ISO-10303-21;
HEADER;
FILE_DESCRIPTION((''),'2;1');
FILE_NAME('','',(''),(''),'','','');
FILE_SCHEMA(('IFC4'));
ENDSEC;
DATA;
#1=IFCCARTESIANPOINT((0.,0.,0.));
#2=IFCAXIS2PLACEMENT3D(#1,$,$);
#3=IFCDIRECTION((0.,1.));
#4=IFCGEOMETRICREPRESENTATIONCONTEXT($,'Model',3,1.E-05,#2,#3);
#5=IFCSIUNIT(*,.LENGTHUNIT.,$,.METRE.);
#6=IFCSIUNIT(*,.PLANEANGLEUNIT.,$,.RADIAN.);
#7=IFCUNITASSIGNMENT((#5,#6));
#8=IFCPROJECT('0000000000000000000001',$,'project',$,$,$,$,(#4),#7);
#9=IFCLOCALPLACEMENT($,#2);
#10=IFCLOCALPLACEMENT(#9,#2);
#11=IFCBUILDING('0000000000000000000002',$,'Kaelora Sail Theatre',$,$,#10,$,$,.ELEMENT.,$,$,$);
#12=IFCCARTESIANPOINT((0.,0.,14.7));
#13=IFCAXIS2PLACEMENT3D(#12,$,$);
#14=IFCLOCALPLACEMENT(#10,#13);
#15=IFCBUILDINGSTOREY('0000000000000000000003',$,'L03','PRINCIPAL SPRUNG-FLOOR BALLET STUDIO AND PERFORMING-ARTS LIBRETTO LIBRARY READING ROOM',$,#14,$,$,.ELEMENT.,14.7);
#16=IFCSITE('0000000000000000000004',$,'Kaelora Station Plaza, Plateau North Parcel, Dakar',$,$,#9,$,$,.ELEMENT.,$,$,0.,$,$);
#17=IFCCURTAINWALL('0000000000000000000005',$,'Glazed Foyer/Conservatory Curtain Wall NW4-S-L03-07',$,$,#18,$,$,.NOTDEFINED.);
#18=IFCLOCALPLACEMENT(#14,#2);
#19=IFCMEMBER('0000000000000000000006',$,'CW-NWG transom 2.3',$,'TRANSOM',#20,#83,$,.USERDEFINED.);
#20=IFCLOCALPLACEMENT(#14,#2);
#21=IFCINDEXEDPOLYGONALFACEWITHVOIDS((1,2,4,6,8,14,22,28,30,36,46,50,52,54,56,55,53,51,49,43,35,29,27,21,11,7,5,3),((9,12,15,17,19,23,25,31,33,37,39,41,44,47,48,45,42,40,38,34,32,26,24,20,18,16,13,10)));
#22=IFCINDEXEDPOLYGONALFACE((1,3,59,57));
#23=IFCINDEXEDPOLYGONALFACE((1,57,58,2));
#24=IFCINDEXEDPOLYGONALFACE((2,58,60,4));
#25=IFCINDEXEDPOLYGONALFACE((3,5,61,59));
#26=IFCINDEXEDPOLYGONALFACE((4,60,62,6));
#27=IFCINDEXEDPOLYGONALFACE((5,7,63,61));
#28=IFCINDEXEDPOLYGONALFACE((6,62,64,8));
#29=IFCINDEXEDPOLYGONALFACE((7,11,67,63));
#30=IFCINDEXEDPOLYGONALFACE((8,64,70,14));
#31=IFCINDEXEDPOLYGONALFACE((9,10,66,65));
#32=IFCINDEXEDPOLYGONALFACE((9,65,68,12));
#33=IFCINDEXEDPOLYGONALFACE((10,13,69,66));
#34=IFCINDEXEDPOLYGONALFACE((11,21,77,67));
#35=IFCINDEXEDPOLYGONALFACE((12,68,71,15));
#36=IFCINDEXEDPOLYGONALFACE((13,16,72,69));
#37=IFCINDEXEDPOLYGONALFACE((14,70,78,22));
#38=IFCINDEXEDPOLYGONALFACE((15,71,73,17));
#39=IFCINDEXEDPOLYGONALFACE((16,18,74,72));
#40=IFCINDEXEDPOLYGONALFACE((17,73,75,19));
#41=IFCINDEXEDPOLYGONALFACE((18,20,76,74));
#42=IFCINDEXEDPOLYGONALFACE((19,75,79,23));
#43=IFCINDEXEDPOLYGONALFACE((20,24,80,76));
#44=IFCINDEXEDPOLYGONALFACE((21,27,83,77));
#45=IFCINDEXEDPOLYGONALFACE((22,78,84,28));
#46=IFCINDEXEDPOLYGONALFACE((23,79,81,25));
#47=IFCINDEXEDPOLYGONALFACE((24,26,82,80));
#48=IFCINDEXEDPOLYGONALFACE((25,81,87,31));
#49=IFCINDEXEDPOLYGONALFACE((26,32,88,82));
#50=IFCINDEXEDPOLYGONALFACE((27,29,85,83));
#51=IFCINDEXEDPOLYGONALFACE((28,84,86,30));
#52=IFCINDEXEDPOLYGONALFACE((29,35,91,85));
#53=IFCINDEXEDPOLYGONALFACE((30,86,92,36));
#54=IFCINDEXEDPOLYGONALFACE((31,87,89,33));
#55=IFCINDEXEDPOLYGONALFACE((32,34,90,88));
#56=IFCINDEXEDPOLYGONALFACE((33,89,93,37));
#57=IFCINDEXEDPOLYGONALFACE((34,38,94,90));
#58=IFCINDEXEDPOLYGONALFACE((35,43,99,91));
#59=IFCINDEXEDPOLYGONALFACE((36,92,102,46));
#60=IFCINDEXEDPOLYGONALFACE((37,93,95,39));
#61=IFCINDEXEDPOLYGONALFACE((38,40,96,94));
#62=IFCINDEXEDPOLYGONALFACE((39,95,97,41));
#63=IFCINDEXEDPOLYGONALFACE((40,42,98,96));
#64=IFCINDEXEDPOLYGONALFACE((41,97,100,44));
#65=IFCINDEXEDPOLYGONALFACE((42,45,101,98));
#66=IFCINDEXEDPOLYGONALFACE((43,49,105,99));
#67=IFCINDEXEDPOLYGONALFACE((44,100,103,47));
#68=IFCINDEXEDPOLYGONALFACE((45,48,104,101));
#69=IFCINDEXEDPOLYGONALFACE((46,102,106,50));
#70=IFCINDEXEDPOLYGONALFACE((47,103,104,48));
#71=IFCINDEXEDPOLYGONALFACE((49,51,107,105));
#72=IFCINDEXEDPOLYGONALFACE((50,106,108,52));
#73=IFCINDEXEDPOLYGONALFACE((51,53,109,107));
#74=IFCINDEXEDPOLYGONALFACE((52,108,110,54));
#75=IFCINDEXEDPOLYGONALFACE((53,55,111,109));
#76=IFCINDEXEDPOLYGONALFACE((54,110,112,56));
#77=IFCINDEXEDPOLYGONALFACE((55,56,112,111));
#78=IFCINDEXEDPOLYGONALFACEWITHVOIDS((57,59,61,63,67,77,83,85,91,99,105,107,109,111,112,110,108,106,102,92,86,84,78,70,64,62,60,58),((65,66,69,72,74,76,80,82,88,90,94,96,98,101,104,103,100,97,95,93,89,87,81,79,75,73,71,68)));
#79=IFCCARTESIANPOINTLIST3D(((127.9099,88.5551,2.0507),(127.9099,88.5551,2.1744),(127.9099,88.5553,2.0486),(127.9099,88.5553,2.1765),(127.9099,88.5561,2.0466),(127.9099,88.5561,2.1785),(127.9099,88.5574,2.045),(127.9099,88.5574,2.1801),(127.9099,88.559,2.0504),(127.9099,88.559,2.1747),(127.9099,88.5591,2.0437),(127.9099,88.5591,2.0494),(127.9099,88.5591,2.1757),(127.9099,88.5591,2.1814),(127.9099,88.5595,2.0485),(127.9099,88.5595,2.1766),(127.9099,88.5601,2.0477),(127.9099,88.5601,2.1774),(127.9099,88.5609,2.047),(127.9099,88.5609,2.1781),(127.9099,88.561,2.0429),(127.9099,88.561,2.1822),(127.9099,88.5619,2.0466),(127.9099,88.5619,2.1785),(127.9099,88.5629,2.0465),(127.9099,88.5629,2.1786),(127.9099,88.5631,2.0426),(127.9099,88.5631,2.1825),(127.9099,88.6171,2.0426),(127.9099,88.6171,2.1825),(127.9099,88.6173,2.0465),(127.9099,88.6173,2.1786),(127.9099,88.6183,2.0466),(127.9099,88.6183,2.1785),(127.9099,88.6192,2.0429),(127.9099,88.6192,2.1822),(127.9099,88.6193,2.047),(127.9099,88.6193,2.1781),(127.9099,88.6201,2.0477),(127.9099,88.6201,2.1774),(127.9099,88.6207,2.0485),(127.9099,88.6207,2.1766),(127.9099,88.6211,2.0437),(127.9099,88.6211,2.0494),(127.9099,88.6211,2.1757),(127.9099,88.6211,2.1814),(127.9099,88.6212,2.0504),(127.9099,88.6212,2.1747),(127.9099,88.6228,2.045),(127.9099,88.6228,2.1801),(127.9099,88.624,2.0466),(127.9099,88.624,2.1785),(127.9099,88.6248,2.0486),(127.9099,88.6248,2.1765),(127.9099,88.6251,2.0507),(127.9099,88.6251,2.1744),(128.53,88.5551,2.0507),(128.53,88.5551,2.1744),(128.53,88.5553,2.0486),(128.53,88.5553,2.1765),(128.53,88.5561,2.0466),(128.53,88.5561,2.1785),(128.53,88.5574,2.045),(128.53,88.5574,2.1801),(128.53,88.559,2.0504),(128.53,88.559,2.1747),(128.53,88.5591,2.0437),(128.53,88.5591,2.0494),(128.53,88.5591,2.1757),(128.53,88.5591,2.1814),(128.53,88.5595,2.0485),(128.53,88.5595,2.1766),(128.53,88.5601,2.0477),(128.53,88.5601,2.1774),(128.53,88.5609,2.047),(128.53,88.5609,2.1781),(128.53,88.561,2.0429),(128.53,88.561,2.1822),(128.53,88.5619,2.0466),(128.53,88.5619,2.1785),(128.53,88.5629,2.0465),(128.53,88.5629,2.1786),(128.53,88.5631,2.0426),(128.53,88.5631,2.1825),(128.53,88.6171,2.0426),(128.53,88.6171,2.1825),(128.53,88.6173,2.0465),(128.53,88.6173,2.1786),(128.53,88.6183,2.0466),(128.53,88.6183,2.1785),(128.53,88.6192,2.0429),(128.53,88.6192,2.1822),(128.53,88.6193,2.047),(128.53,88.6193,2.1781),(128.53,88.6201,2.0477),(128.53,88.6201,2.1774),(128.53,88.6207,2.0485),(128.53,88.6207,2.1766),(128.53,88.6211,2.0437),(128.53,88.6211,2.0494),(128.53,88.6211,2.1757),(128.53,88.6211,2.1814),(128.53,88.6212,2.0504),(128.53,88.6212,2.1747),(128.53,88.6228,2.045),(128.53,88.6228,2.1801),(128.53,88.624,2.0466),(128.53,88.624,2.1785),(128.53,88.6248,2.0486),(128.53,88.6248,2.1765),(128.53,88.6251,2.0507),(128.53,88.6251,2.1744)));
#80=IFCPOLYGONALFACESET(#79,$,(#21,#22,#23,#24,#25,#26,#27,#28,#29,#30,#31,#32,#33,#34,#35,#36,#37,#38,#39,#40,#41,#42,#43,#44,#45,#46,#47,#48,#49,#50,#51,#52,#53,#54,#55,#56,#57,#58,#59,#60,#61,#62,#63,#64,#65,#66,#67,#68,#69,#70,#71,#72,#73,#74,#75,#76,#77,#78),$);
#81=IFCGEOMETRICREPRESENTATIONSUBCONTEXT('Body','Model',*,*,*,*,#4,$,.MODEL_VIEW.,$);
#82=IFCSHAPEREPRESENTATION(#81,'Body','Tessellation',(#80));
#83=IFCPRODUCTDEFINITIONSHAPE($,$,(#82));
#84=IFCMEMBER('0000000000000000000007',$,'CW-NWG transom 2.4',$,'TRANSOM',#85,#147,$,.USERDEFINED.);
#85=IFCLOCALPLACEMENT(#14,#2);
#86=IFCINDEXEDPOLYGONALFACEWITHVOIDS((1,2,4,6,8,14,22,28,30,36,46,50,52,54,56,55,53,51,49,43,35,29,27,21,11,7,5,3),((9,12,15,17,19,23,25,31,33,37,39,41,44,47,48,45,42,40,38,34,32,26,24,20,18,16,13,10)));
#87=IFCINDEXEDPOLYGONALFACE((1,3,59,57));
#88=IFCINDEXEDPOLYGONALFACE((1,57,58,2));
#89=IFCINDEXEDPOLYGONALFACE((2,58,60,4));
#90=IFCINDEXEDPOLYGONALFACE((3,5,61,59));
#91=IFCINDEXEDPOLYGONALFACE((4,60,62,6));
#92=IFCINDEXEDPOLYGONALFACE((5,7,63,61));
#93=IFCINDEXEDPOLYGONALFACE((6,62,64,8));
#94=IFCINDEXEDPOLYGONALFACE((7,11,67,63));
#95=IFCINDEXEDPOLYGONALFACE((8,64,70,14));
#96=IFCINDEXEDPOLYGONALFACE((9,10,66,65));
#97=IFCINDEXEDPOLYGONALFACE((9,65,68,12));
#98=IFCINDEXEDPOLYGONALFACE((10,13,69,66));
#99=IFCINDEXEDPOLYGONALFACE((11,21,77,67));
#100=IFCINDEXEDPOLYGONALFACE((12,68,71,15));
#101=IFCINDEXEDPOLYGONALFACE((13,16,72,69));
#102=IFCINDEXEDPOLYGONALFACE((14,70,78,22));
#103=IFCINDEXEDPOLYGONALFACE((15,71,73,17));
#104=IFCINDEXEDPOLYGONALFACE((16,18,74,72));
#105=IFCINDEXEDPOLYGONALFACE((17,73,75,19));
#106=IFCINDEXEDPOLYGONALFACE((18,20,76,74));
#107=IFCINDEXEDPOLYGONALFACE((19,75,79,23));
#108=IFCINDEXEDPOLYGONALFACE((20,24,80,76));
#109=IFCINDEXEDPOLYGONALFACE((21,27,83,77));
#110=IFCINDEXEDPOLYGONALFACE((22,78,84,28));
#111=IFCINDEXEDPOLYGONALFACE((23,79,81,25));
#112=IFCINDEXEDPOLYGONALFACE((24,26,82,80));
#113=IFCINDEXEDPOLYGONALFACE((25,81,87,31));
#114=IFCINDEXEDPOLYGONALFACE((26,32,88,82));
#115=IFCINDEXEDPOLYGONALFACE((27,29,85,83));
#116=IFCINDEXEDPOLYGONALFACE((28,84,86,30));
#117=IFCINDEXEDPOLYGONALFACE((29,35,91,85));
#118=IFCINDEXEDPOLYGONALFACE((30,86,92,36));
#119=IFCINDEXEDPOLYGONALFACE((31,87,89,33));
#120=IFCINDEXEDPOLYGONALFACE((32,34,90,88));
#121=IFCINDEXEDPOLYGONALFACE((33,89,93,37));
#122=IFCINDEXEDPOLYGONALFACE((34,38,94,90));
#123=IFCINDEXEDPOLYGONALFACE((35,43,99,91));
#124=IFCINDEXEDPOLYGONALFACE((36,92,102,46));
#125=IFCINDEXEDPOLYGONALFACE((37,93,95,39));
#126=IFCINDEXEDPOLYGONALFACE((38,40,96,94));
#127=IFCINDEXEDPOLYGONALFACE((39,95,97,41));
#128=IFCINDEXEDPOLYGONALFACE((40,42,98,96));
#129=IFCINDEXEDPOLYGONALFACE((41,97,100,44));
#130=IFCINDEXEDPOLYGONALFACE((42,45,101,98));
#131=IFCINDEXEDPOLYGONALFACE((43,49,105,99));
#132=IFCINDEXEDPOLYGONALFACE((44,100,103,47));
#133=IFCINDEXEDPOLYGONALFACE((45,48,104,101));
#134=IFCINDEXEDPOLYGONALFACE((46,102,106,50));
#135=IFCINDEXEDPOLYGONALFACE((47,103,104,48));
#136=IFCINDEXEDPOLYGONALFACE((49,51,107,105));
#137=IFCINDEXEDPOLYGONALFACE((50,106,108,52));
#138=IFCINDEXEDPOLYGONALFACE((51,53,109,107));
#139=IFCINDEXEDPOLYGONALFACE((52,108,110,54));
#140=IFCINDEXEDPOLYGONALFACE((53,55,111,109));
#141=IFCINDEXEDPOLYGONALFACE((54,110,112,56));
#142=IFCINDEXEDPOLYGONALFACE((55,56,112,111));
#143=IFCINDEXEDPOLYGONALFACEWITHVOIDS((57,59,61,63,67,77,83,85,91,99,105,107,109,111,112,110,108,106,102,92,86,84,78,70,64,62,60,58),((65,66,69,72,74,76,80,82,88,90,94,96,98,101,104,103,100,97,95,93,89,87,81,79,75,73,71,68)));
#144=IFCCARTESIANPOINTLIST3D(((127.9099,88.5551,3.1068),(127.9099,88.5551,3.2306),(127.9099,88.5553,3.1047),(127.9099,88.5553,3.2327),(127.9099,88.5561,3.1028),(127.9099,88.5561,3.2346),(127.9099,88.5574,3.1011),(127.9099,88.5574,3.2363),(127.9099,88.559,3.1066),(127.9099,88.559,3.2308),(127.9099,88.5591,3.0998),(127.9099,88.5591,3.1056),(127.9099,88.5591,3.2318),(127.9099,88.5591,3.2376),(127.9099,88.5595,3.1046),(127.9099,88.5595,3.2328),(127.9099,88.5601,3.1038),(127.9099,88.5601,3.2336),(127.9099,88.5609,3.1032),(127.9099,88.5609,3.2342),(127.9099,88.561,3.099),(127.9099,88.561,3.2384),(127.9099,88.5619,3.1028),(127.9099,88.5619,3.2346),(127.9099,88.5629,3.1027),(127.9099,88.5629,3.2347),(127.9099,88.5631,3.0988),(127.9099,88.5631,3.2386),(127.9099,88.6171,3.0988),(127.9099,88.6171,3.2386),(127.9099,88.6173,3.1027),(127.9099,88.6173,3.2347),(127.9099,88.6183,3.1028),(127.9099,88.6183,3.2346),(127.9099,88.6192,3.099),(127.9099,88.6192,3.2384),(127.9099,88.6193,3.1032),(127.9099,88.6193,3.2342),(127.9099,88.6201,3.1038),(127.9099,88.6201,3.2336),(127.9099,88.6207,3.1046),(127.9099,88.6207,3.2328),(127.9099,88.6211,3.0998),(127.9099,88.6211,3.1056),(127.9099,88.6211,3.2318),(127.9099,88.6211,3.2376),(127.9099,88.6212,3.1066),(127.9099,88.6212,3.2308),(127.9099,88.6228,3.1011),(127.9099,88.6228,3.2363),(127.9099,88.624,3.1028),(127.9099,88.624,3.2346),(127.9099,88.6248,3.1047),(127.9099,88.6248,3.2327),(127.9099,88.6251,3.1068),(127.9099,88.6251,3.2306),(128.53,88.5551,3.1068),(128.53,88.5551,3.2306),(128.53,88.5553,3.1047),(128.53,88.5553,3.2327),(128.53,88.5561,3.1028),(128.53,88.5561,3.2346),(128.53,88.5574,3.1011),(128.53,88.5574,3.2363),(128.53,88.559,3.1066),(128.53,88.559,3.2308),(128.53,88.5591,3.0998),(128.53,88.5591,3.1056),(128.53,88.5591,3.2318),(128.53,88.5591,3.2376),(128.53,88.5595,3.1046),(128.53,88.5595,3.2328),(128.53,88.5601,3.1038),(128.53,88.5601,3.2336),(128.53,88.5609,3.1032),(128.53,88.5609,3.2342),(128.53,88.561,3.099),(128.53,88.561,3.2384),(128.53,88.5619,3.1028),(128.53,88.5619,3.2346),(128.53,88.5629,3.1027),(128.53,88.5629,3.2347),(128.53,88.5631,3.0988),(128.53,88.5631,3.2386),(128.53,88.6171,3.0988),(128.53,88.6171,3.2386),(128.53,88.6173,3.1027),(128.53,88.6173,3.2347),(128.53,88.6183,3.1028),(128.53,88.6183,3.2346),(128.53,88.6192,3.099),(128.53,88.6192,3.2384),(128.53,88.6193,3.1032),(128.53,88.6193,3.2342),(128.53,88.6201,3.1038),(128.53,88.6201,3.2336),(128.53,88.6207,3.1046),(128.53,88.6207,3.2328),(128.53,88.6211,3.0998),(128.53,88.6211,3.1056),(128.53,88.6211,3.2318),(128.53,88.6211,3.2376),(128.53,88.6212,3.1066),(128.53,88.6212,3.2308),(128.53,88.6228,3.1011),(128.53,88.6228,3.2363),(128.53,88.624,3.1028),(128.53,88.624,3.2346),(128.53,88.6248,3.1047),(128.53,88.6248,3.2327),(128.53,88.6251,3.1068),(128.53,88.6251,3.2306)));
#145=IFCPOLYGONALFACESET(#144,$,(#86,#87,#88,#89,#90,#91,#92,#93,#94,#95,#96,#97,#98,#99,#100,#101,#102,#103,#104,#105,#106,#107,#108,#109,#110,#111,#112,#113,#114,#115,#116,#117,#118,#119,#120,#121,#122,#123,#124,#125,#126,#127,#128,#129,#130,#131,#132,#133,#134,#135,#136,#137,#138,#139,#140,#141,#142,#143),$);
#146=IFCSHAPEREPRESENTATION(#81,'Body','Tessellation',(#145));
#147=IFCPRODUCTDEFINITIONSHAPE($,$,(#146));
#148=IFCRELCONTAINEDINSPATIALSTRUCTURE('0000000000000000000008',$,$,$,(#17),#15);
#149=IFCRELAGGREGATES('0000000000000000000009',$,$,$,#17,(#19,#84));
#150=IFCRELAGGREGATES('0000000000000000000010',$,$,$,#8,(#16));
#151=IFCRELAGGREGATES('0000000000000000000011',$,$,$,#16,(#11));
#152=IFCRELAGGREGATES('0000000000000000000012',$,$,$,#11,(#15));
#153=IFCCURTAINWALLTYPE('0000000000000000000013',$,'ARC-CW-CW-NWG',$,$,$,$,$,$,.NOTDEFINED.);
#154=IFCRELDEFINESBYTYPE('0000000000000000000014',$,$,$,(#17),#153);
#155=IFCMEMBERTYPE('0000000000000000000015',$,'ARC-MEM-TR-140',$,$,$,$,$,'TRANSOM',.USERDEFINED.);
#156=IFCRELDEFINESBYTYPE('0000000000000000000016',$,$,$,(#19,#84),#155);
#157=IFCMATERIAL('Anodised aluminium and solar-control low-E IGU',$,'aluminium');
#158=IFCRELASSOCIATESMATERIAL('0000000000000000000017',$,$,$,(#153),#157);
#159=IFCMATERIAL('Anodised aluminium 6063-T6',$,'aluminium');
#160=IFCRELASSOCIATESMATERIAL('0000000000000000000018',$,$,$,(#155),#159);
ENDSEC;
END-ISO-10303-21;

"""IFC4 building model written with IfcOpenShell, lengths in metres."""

from ifc_helpers import new_model, si_unit, direction, frame, origin, origin_2d, place, context, subcontext, project, spatial, hollow_rectangle, extrude, material, material_profile, profile_set, type_object, element, aggregate, save


model = new_model("IFC4")

# Units and contexts
model_context = context("Model", 3, precision=1e-05, world=origin(), true_north=direction((0.0, 1.0)))
body_context = subcontext(model_context, "Body", "Model", "MODEL_VIEW")
ifc_project = project(units=[si_unit("LENGTHUNIT", "METRE"), si_unit("PLANEANGLEUNIT", "RADIAN")], contexts=[model_context])

# Site, building, storey
site_placement = place(None, origin())
site = spatial("IfcSite", under=ifc_project, at=site_placement, Name="Kaelora Station Plaza, Plateau North Parcel, Dakar", CompositionType="ELEMENT", RefElevation=0.0)
building_placement = place(site_placement, origin())
building = spatial("IfcBuilding", under=site, at=building_placement, Name="Kaelora Sail Theatre", CompositionType="ELEMENT")
storey_placement = place(building_placement, frame((0.0, 0.0, 14.7)))
storey = spatial("IfcBuildingStorey", under=building, at=storey_placement, Name="L03", Description="PRINCIPAL SPRUNG-FLOOR BALLET STUDIO AND PERFORMING-ARTS LIBRETTO LIBRARY READING ROOM", CompositionType="ELEMENT", Elevation=14.7)

# Curtain wall, members
ifc_material_1 = material(Name="Anodised aluminium and solar-control low-E IGU", Category="aluminium")
curtain_wall_type = type_object("IfcCurtainWallType", Name="ARC-CW-CW-NWG", PredefinedType="NOTDEFINED", material=ifc_material_1)
ifc_material_2 = material(Name="Anodised aluminium 6063-T6", Category="aluminium")
ifc_material_profile = material_profile(ifc_material_2, hollow_rectangle(XDim=0.0701, YDim=0.1399, WallThickness=0.0039, InnerFilletRadius=0.0039, OuterFilletRadius=0.0081, at=origin_2d()), Name="ALU-TRAN 70x140x4")
ifc_profile_set = profile_set([ifc_material_profile], Name="Anodised aluminium 6063-T6")
member_type = type_object("IfcMemberType", Name="ARC-MEM-TR-140", ElementType="TRANSOM", PredefinedType="USERDEFINED", material=ifc_profile_set)
curtain_wall_1_placement = place(storey_placement, origin())
curtain_wall_1 = element("IfcCurtainWall", 1, at=curtain_wall_1_placement, inside=storey, type_object=curtain_wall_type, Name="Glazed Foyer/Conservatory Curtain Wall NW4-S-L03-07", PredefinedType="NOTDEFINED")
member_1_placement = place(storey_placement, frame((127.9099, 88.5901, 2.1125), z_axis=(1.0, 0.0, 0.0), x_axis=(0.0, 1.0, 0.0)))
member_1 = element("IfcMember", 2, at=member_1_placement, type_object=member_type, Name="CW-NWG transom 2.3", ObjectType="TRANSOM", PredefinedType="USERDEFINED", context=body_context, shape_type="SweptSolid", body=[
    extrude(hollow_rectangle(XDim=0.0701, YDim=0.1399, WallThickness=0.0039, InnerFilletRadius=0.0039, OuterFilletRadius=0.0081, at=origin_2d()), origin(), (0.0, 0.0, 1.0), 0.6201),
])
member_2_placement = place(storey_placement, frame((127.9099, 88.5901, 3.1687), z_axis=(1.0, 0.0, 0.0), x_axis=(0.0, 1.0, 0.0)))
member_2 = element("IfcMember", 3, at=member_2_placement, type_object=member_type, Name="CW-NWG transom 2.4", ObjectType="TRANSOM", PredefinedType="USERDEFINED", context=body_context, shape_type="SweptSolid", body=[
    extrude(hollow_rectangle(XDim=0.0701, YDim=0.1399, WallThickness=0.0039, InnerFilletRadius=0.0039, OuterFilletRadius=0.0081, at=origin_2d()), origin(), (0.0, 0.0, 1.0), 0.6201),
])

aggregate(curtain_wall_1, [member_1, member_2])

save(model, "model.ifc")
